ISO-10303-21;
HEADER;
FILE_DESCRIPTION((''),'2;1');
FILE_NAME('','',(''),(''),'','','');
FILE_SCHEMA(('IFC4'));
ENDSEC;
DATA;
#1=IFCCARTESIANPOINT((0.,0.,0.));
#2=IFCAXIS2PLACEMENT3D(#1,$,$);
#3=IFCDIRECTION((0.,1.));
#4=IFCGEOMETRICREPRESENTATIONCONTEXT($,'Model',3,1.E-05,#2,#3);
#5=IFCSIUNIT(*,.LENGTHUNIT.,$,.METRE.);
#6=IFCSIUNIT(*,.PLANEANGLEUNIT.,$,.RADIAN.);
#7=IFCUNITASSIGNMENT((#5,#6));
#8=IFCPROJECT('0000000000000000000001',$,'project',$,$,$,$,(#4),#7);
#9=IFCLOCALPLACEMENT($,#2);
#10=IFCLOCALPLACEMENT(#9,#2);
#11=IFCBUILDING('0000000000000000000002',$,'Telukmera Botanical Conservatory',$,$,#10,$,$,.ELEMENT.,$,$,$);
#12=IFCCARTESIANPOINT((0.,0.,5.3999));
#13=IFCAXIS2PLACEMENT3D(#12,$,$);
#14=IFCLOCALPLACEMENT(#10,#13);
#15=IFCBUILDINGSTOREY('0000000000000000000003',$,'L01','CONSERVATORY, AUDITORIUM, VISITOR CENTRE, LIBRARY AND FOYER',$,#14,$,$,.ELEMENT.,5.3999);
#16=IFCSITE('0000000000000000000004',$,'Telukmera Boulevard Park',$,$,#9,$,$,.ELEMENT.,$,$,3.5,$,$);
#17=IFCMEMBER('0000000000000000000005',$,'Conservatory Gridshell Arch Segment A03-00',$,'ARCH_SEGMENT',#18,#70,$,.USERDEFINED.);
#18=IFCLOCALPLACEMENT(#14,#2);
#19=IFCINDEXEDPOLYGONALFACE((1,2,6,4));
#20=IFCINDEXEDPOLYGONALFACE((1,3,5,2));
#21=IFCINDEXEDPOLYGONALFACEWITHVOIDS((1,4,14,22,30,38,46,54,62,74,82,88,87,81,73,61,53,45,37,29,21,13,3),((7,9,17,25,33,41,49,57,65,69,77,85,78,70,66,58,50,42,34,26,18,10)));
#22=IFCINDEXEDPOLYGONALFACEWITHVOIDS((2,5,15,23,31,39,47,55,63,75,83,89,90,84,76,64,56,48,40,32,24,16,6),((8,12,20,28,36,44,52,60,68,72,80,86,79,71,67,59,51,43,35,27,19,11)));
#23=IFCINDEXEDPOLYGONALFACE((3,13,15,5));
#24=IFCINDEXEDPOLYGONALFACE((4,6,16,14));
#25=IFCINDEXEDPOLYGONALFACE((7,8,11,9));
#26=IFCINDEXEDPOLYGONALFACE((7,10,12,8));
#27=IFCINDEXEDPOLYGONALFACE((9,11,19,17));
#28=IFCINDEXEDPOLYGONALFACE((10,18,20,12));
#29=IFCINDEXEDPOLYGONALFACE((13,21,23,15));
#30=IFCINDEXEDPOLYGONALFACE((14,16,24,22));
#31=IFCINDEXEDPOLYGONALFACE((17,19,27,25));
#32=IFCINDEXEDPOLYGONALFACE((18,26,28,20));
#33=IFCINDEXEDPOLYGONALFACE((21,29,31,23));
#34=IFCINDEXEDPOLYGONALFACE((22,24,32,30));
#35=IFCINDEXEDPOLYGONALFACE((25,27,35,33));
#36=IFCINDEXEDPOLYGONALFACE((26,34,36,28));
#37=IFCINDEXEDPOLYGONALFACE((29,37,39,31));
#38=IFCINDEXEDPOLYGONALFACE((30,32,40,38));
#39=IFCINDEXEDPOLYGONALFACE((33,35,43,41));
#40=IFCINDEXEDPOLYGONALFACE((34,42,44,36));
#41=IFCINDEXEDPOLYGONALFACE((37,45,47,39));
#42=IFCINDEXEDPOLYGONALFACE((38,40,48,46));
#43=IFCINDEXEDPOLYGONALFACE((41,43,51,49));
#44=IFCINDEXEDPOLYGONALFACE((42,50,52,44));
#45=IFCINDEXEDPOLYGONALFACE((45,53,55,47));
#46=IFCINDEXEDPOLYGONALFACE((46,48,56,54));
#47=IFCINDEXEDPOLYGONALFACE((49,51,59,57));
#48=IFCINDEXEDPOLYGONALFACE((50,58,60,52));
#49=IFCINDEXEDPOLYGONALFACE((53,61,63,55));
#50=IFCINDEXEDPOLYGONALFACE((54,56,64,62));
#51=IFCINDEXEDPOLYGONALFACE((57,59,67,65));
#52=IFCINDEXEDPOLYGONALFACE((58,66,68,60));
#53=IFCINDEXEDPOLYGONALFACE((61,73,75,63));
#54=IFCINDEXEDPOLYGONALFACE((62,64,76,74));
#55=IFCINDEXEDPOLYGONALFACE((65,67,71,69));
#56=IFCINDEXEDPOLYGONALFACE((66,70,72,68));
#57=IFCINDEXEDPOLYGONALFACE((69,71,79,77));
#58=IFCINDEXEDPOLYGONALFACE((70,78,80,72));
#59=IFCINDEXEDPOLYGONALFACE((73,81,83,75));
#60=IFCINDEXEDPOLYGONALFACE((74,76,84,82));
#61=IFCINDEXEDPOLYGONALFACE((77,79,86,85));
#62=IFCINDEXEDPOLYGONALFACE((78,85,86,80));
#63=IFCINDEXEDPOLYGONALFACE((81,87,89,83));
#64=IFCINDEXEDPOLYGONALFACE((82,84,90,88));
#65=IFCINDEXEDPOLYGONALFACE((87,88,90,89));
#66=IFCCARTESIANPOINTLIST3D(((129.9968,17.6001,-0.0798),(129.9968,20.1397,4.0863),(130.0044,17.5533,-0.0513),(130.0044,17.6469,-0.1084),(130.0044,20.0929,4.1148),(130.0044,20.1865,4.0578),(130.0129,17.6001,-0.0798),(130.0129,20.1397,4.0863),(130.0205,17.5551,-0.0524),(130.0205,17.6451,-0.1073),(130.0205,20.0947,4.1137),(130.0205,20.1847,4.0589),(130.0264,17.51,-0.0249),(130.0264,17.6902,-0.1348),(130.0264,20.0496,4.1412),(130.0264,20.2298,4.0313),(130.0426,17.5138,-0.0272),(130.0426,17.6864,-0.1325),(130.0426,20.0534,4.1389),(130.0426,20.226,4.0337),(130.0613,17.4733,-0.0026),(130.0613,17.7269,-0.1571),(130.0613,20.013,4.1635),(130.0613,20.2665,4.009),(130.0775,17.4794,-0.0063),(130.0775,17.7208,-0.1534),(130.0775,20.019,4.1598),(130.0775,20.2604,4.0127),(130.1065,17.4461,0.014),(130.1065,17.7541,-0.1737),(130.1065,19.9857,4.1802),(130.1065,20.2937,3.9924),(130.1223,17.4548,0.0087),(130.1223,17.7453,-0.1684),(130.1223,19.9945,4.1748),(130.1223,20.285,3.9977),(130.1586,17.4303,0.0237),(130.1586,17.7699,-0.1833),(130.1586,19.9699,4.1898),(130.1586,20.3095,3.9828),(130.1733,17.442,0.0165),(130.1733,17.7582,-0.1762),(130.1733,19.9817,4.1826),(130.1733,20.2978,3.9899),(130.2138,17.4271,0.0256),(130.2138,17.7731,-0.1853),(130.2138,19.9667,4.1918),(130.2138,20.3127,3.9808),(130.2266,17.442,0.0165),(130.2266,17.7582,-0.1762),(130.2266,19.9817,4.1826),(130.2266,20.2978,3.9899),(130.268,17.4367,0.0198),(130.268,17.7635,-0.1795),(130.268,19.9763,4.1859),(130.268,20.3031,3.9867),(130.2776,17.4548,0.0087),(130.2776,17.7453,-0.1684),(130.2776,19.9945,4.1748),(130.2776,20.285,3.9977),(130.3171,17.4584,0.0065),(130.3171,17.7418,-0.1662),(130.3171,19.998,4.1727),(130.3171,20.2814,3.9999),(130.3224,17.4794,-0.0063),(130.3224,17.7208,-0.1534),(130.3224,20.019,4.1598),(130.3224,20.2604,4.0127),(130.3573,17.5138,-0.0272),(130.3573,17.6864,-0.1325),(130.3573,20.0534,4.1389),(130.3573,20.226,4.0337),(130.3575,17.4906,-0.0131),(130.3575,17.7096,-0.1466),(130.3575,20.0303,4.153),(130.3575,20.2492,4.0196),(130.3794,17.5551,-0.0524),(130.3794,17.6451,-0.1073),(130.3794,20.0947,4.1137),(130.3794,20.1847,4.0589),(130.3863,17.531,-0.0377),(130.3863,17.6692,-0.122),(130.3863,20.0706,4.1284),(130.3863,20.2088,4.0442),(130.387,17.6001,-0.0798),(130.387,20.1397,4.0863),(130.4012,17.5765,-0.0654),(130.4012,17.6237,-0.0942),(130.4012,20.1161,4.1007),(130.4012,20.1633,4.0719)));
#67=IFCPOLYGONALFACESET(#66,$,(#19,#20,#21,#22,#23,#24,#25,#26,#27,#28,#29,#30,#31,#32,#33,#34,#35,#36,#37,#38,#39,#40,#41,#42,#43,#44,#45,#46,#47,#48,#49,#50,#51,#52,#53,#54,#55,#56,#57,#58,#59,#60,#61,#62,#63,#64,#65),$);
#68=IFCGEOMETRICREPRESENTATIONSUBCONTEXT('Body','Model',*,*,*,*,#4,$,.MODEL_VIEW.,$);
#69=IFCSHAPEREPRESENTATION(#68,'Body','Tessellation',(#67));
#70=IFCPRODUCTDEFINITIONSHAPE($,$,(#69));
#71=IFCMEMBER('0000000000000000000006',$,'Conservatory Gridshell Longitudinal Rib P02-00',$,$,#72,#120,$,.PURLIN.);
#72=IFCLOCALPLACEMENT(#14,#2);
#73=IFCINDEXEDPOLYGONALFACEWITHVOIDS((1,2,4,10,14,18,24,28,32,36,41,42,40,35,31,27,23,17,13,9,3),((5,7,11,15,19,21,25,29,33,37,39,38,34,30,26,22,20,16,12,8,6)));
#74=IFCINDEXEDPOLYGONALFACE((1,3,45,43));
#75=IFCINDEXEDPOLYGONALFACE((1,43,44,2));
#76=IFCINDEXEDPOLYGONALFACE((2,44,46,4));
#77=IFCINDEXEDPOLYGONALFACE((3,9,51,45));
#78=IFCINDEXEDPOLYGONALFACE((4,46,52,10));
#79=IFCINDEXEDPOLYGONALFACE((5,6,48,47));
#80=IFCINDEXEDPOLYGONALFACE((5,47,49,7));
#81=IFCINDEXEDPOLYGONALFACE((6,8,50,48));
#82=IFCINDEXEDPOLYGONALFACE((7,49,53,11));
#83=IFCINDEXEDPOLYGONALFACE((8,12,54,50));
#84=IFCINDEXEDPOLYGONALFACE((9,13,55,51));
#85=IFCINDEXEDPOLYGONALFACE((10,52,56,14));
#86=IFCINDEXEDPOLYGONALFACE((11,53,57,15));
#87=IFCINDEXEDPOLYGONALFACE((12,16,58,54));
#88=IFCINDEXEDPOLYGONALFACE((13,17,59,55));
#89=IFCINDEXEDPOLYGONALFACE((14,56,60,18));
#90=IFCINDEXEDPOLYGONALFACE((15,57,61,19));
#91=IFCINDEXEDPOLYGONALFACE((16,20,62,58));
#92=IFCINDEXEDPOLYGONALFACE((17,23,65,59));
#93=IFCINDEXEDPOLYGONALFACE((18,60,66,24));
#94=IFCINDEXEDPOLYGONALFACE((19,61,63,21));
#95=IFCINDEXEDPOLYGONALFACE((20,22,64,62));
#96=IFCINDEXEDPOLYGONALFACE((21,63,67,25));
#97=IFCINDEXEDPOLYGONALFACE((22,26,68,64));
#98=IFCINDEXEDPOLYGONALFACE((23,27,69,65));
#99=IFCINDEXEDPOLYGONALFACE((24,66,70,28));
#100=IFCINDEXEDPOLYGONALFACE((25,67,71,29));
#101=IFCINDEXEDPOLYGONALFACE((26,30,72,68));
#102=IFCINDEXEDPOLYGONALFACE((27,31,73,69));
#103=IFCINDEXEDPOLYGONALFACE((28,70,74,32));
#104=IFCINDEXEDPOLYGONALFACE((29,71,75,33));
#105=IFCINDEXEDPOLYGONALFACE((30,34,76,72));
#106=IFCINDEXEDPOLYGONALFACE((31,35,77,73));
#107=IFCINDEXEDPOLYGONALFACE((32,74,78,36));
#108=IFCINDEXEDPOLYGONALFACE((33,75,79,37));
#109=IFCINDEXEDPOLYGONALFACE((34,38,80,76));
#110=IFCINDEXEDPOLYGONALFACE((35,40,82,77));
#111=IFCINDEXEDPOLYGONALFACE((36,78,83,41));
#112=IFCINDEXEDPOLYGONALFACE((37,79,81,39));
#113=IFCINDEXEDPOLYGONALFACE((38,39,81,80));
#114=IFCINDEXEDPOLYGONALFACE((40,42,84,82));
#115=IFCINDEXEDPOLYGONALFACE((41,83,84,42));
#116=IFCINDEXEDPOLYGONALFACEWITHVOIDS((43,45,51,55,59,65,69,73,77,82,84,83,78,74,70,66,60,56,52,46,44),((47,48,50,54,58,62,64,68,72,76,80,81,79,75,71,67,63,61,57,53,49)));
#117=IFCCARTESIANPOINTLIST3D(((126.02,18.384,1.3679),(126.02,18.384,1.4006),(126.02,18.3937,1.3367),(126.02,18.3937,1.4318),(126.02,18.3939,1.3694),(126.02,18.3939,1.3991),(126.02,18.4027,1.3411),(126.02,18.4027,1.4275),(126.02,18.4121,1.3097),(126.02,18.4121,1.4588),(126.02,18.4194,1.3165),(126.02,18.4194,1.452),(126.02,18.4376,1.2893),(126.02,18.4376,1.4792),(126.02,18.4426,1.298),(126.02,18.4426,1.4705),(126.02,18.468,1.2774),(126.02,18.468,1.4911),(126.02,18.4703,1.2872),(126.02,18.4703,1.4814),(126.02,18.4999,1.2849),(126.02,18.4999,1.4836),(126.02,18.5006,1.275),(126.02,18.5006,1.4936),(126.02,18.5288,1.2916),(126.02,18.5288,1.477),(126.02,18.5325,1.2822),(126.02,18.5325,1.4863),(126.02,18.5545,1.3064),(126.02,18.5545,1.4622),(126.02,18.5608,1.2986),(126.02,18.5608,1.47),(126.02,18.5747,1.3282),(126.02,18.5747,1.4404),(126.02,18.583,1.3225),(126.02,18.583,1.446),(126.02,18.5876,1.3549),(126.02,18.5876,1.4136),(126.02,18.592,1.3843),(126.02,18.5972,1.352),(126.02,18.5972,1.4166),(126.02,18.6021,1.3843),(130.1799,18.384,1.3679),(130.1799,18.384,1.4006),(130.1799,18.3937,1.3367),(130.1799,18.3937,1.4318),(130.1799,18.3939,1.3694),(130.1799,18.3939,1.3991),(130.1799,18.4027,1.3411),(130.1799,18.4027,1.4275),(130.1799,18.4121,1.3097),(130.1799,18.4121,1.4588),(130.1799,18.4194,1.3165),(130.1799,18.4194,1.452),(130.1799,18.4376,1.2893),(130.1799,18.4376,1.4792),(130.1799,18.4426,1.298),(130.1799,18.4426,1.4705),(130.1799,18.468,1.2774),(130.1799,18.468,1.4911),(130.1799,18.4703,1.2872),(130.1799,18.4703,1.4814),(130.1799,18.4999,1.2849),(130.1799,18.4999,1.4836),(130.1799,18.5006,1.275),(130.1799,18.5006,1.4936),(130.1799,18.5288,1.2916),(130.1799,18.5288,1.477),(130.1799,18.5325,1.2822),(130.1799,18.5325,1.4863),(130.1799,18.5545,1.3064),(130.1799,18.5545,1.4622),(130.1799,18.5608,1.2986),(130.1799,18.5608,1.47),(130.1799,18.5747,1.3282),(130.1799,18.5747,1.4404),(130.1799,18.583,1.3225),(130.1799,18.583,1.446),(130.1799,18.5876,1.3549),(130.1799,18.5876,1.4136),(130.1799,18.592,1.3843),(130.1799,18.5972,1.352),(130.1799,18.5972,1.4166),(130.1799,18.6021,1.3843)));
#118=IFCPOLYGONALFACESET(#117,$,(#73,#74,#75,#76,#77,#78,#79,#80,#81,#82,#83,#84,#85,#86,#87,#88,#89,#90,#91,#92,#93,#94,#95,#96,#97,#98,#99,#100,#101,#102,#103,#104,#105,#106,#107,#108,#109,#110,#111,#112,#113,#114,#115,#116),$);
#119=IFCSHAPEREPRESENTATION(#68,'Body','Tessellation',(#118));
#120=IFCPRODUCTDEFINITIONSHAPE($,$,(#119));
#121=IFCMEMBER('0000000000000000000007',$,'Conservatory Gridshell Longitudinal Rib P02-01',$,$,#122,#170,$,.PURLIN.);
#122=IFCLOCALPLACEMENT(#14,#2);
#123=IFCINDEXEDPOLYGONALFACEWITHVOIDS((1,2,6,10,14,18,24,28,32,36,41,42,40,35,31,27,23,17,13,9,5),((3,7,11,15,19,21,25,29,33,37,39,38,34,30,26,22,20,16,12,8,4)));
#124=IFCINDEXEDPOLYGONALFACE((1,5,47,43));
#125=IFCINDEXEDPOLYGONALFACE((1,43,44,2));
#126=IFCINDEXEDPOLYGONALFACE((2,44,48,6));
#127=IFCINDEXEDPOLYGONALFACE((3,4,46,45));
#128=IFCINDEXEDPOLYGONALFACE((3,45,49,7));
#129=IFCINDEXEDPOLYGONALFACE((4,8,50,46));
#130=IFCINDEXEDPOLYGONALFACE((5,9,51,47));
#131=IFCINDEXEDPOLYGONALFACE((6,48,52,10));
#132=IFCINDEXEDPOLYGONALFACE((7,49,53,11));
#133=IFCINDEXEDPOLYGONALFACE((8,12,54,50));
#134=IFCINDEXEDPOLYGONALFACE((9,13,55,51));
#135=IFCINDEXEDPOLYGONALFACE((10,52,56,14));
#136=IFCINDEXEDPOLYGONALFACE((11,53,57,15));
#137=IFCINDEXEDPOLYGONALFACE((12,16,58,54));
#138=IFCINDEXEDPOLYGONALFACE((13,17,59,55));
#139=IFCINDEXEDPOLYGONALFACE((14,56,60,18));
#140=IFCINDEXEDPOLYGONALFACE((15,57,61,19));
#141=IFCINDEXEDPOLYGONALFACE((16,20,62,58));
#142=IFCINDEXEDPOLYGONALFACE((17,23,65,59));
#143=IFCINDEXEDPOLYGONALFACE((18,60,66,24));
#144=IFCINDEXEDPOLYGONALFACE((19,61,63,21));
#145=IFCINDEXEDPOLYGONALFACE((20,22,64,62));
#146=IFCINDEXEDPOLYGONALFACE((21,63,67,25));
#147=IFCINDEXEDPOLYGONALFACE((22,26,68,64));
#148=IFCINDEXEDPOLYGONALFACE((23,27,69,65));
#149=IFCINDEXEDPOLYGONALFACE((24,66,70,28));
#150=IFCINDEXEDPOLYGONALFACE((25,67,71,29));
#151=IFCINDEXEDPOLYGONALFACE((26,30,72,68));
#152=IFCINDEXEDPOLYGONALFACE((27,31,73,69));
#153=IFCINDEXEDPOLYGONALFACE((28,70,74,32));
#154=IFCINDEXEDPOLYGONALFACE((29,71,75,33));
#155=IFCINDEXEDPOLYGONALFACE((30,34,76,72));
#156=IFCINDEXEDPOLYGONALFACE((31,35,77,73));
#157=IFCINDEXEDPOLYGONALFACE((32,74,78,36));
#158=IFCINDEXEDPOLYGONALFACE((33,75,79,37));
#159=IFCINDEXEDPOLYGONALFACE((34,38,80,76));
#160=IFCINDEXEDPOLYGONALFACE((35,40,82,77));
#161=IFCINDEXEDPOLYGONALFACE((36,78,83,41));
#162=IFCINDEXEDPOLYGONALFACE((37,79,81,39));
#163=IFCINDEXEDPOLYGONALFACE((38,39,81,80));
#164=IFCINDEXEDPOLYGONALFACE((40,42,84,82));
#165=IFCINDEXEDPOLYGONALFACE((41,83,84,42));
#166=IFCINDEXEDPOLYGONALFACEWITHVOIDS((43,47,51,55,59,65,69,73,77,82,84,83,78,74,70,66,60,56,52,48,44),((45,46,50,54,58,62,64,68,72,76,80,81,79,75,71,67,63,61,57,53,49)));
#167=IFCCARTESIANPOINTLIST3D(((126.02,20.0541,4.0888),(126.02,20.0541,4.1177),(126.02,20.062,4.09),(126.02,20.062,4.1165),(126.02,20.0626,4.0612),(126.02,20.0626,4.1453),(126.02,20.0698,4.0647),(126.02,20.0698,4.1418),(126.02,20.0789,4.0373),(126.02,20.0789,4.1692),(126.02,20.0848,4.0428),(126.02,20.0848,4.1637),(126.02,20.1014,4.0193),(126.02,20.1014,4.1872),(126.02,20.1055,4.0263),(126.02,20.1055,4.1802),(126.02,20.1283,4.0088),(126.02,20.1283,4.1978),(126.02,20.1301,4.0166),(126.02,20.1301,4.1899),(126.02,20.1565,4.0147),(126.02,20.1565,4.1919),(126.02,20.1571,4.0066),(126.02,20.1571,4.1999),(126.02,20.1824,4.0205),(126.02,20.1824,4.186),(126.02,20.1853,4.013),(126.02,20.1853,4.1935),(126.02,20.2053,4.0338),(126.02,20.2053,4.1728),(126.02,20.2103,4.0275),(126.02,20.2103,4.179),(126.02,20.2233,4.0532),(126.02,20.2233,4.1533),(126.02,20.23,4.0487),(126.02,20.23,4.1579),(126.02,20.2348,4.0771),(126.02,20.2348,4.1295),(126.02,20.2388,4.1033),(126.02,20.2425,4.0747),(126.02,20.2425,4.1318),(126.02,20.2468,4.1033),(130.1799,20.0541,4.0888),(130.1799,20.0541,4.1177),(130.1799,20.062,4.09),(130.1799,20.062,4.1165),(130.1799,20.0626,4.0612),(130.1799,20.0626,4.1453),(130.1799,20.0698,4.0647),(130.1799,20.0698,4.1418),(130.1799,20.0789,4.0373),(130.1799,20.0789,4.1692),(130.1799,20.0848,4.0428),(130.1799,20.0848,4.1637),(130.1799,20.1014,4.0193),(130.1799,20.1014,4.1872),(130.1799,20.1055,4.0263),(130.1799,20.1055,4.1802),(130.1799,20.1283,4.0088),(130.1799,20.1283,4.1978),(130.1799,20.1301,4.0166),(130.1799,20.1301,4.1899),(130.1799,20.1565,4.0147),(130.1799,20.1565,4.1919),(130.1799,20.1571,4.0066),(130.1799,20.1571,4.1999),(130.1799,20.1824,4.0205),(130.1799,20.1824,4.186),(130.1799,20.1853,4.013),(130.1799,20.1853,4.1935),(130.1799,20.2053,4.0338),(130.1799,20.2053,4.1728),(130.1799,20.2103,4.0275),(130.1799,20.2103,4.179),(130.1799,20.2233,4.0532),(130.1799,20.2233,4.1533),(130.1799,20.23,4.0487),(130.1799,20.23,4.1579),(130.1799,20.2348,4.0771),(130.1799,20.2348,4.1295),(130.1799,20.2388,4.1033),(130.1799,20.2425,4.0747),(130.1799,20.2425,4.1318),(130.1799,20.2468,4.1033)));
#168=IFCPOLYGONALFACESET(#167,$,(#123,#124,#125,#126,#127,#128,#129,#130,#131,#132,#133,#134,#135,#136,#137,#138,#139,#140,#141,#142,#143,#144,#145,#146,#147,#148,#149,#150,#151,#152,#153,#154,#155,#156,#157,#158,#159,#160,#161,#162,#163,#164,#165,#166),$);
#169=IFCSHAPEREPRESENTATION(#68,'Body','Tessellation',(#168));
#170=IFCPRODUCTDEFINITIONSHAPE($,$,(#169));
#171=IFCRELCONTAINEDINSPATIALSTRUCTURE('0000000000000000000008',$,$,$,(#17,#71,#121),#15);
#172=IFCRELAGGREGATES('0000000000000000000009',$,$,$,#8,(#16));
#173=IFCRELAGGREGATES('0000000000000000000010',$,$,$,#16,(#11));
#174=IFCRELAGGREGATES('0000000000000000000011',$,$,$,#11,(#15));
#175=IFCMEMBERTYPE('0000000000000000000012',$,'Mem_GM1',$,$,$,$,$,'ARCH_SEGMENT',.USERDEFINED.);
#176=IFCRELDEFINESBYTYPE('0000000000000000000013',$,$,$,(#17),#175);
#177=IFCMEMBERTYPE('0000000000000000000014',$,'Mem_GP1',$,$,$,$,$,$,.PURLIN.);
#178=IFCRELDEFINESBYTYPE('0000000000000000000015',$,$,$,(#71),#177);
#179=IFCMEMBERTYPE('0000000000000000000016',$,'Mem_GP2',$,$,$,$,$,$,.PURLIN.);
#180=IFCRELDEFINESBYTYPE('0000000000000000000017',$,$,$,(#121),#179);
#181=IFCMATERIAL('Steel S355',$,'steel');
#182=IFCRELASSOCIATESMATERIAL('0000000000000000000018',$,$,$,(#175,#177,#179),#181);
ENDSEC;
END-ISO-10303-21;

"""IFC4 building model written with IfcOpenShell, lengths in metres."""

from ifc_helpers import new_model, si_unit, direction, frame, origin, origin_2d, place, context, subcontext, project, spatial, hollow_circle, extrude, material, material_profile, profile_set, type_object, element, save


model = new_model("IFC4")

# Units and contexts
model_context = context("Model", 3, precision=1e-05, world=origin(), true_north=direction((0.0, 1.0)))
body_context = subcontext(model_context, "Body", "Model", "MODEL_VIEW")
ifc_project = project(units=[si_unit("LENGTHUNIT", "METRE"), si_unit("PLANEANGLEUNIT", "RADIAN")], contexts=[model_context])

# Site, building, storey
site_placement = place(None, origin())
site = spatial("IfcSite", under=ifc_project, at=site_placement, Name="Telukmera Boulevard Park", CompositionType="ELEMENT", RefElevation=3.5)
building_placement = place(site_placement, origin())
building = spatial("IfcBuilding", under=site, at=building_placement, Name="Telukmera Botanical Conservatory", CompositionType="ELEMENT")
storey_placement = place(building_placement, frame((0.0, 0.0, 5.3999)))
storey = spatial("IfcBuildingStorey", under=building, at=storey_placement, Name="L01", Description="CONSERVATORY, AUDITORIUM, VISITOR CENTRE, LIBRARY AND FOYER", CompositionType="ELEMENT", Elevation=5.3999)

# Shared definitions
ifc_material_1 = material(Name="Steel S355", Category="steel")

# Members
ifc_material_profile_1 = material_profile(ifc_material_1, hollow_circle(Radius=0.2031, WallThickness=0.0161, at=origin_2d()), Name="CHS 406.4x16.0")
ifc_profile_set_1 = profile_set([ifc_material_profile_1], Name="Steel S355")
member_type_1 = type_object("IfcMemberType", Name="Mem_GM1", ElementType="ARCH_SEGMENT", PredefinedType="USERDEFINED", material=ifc_profile_set_1)
member_1_placement = place(storey_placement, frame((130.2, 17.6001, -0.0798), z_axis=(0.0, 0.520502, 0.85386), x_axis=(-1.0, 0.0, 0.0)))
element("IfcMember", 1, at=member_1_placement, inside=storey, type_object=member_type_1, Name="Conservatory Gridshell Arch Segment A03-00", ObjectType="ARCH_SEGMENT", PredefinedType="USERDEFINED", context=body_context, shape_type="SweptSolid", body=[
    extrude(hollow_circle(Radius=0.2031, WallThickness=0.0161, at=origin_2d()), origin(), (0.0, 0.0, 1.0), 4.8792),
])
ifc_material_profile_2 = material_profile(ifc_material_1, hollow_circle(Radius=0.1096, WallThickness=0.01, at=origin_2d()), Name="CHS 219.1x10.0")
ifc_profile_set_2 = profile_set([ifc_material_profile_2], Name="Steel S355")
member_type_2 = type_object("IfcMemberType", Name="Mem_GP1", PredefinedType="PURLIN", material=ifc_profile_set_2)
member_2_placement = place(storey_placement, frame((126.02, 18.4924, 1.3843), z_axis=(1.0, 0.0, 0.0), x_axis=(0.0, 1.0, 0.0)))
element("IfcMember", 2, at=member_2_placement, inside=storey, type_object=member_type_2, Name="Conservatory Gridshell Longitudinal Rib P02-00", PredefinedType="PURLIN", context=body_context, shape_type="SweptSolid", body=[
    extrude(hollow_circle(Radius=0.1096, WallThickness=0.01, at=origin_2d()), origin(), (0.0, 0.0, 1.0), 4.1599),
])
ifc_material_profile_3 = material_profile(ifc_material_1, hollow_circle(Radius=0.0969, WallThickness=0.0081, at=origin_2d()), Name="CHS 193.7x8.0")
ifc_profile_set_3 = profile_set([ifc_material_profile_3], Name="Steel S355")
member_type_3 = type_object("IfcMemberType", Name="Mem_GP2", PredefinedType="PURLIN", material=ifc_profile_set_3)
for number, where, z_axis, x_axis, name in (
    (3, (126.02, 20.1499, 4.1033), (1.0, 0.0, 0.0), (0.0, 1.0, 0.0), "Conservatory Gridshell Longitudinal Rib P02-01"),
):
    element("IfcMember", number, at=place(storey_placement, frame(where, z_axis=z_axis, x_axis=x_axis)), inside=storey, type_object=member_type_3, Name=name, PredefinedType="PURLIN", context=body_context, shape_type="SweptSolid", body=[
        extrude(hollow_circle(Radius=0.0969, WallThickness=0.0081, at=origin_2d()), origin(), (0.0, 0.0, 1.0), 4.1599),
    ])

save(model, "model.ifc")
